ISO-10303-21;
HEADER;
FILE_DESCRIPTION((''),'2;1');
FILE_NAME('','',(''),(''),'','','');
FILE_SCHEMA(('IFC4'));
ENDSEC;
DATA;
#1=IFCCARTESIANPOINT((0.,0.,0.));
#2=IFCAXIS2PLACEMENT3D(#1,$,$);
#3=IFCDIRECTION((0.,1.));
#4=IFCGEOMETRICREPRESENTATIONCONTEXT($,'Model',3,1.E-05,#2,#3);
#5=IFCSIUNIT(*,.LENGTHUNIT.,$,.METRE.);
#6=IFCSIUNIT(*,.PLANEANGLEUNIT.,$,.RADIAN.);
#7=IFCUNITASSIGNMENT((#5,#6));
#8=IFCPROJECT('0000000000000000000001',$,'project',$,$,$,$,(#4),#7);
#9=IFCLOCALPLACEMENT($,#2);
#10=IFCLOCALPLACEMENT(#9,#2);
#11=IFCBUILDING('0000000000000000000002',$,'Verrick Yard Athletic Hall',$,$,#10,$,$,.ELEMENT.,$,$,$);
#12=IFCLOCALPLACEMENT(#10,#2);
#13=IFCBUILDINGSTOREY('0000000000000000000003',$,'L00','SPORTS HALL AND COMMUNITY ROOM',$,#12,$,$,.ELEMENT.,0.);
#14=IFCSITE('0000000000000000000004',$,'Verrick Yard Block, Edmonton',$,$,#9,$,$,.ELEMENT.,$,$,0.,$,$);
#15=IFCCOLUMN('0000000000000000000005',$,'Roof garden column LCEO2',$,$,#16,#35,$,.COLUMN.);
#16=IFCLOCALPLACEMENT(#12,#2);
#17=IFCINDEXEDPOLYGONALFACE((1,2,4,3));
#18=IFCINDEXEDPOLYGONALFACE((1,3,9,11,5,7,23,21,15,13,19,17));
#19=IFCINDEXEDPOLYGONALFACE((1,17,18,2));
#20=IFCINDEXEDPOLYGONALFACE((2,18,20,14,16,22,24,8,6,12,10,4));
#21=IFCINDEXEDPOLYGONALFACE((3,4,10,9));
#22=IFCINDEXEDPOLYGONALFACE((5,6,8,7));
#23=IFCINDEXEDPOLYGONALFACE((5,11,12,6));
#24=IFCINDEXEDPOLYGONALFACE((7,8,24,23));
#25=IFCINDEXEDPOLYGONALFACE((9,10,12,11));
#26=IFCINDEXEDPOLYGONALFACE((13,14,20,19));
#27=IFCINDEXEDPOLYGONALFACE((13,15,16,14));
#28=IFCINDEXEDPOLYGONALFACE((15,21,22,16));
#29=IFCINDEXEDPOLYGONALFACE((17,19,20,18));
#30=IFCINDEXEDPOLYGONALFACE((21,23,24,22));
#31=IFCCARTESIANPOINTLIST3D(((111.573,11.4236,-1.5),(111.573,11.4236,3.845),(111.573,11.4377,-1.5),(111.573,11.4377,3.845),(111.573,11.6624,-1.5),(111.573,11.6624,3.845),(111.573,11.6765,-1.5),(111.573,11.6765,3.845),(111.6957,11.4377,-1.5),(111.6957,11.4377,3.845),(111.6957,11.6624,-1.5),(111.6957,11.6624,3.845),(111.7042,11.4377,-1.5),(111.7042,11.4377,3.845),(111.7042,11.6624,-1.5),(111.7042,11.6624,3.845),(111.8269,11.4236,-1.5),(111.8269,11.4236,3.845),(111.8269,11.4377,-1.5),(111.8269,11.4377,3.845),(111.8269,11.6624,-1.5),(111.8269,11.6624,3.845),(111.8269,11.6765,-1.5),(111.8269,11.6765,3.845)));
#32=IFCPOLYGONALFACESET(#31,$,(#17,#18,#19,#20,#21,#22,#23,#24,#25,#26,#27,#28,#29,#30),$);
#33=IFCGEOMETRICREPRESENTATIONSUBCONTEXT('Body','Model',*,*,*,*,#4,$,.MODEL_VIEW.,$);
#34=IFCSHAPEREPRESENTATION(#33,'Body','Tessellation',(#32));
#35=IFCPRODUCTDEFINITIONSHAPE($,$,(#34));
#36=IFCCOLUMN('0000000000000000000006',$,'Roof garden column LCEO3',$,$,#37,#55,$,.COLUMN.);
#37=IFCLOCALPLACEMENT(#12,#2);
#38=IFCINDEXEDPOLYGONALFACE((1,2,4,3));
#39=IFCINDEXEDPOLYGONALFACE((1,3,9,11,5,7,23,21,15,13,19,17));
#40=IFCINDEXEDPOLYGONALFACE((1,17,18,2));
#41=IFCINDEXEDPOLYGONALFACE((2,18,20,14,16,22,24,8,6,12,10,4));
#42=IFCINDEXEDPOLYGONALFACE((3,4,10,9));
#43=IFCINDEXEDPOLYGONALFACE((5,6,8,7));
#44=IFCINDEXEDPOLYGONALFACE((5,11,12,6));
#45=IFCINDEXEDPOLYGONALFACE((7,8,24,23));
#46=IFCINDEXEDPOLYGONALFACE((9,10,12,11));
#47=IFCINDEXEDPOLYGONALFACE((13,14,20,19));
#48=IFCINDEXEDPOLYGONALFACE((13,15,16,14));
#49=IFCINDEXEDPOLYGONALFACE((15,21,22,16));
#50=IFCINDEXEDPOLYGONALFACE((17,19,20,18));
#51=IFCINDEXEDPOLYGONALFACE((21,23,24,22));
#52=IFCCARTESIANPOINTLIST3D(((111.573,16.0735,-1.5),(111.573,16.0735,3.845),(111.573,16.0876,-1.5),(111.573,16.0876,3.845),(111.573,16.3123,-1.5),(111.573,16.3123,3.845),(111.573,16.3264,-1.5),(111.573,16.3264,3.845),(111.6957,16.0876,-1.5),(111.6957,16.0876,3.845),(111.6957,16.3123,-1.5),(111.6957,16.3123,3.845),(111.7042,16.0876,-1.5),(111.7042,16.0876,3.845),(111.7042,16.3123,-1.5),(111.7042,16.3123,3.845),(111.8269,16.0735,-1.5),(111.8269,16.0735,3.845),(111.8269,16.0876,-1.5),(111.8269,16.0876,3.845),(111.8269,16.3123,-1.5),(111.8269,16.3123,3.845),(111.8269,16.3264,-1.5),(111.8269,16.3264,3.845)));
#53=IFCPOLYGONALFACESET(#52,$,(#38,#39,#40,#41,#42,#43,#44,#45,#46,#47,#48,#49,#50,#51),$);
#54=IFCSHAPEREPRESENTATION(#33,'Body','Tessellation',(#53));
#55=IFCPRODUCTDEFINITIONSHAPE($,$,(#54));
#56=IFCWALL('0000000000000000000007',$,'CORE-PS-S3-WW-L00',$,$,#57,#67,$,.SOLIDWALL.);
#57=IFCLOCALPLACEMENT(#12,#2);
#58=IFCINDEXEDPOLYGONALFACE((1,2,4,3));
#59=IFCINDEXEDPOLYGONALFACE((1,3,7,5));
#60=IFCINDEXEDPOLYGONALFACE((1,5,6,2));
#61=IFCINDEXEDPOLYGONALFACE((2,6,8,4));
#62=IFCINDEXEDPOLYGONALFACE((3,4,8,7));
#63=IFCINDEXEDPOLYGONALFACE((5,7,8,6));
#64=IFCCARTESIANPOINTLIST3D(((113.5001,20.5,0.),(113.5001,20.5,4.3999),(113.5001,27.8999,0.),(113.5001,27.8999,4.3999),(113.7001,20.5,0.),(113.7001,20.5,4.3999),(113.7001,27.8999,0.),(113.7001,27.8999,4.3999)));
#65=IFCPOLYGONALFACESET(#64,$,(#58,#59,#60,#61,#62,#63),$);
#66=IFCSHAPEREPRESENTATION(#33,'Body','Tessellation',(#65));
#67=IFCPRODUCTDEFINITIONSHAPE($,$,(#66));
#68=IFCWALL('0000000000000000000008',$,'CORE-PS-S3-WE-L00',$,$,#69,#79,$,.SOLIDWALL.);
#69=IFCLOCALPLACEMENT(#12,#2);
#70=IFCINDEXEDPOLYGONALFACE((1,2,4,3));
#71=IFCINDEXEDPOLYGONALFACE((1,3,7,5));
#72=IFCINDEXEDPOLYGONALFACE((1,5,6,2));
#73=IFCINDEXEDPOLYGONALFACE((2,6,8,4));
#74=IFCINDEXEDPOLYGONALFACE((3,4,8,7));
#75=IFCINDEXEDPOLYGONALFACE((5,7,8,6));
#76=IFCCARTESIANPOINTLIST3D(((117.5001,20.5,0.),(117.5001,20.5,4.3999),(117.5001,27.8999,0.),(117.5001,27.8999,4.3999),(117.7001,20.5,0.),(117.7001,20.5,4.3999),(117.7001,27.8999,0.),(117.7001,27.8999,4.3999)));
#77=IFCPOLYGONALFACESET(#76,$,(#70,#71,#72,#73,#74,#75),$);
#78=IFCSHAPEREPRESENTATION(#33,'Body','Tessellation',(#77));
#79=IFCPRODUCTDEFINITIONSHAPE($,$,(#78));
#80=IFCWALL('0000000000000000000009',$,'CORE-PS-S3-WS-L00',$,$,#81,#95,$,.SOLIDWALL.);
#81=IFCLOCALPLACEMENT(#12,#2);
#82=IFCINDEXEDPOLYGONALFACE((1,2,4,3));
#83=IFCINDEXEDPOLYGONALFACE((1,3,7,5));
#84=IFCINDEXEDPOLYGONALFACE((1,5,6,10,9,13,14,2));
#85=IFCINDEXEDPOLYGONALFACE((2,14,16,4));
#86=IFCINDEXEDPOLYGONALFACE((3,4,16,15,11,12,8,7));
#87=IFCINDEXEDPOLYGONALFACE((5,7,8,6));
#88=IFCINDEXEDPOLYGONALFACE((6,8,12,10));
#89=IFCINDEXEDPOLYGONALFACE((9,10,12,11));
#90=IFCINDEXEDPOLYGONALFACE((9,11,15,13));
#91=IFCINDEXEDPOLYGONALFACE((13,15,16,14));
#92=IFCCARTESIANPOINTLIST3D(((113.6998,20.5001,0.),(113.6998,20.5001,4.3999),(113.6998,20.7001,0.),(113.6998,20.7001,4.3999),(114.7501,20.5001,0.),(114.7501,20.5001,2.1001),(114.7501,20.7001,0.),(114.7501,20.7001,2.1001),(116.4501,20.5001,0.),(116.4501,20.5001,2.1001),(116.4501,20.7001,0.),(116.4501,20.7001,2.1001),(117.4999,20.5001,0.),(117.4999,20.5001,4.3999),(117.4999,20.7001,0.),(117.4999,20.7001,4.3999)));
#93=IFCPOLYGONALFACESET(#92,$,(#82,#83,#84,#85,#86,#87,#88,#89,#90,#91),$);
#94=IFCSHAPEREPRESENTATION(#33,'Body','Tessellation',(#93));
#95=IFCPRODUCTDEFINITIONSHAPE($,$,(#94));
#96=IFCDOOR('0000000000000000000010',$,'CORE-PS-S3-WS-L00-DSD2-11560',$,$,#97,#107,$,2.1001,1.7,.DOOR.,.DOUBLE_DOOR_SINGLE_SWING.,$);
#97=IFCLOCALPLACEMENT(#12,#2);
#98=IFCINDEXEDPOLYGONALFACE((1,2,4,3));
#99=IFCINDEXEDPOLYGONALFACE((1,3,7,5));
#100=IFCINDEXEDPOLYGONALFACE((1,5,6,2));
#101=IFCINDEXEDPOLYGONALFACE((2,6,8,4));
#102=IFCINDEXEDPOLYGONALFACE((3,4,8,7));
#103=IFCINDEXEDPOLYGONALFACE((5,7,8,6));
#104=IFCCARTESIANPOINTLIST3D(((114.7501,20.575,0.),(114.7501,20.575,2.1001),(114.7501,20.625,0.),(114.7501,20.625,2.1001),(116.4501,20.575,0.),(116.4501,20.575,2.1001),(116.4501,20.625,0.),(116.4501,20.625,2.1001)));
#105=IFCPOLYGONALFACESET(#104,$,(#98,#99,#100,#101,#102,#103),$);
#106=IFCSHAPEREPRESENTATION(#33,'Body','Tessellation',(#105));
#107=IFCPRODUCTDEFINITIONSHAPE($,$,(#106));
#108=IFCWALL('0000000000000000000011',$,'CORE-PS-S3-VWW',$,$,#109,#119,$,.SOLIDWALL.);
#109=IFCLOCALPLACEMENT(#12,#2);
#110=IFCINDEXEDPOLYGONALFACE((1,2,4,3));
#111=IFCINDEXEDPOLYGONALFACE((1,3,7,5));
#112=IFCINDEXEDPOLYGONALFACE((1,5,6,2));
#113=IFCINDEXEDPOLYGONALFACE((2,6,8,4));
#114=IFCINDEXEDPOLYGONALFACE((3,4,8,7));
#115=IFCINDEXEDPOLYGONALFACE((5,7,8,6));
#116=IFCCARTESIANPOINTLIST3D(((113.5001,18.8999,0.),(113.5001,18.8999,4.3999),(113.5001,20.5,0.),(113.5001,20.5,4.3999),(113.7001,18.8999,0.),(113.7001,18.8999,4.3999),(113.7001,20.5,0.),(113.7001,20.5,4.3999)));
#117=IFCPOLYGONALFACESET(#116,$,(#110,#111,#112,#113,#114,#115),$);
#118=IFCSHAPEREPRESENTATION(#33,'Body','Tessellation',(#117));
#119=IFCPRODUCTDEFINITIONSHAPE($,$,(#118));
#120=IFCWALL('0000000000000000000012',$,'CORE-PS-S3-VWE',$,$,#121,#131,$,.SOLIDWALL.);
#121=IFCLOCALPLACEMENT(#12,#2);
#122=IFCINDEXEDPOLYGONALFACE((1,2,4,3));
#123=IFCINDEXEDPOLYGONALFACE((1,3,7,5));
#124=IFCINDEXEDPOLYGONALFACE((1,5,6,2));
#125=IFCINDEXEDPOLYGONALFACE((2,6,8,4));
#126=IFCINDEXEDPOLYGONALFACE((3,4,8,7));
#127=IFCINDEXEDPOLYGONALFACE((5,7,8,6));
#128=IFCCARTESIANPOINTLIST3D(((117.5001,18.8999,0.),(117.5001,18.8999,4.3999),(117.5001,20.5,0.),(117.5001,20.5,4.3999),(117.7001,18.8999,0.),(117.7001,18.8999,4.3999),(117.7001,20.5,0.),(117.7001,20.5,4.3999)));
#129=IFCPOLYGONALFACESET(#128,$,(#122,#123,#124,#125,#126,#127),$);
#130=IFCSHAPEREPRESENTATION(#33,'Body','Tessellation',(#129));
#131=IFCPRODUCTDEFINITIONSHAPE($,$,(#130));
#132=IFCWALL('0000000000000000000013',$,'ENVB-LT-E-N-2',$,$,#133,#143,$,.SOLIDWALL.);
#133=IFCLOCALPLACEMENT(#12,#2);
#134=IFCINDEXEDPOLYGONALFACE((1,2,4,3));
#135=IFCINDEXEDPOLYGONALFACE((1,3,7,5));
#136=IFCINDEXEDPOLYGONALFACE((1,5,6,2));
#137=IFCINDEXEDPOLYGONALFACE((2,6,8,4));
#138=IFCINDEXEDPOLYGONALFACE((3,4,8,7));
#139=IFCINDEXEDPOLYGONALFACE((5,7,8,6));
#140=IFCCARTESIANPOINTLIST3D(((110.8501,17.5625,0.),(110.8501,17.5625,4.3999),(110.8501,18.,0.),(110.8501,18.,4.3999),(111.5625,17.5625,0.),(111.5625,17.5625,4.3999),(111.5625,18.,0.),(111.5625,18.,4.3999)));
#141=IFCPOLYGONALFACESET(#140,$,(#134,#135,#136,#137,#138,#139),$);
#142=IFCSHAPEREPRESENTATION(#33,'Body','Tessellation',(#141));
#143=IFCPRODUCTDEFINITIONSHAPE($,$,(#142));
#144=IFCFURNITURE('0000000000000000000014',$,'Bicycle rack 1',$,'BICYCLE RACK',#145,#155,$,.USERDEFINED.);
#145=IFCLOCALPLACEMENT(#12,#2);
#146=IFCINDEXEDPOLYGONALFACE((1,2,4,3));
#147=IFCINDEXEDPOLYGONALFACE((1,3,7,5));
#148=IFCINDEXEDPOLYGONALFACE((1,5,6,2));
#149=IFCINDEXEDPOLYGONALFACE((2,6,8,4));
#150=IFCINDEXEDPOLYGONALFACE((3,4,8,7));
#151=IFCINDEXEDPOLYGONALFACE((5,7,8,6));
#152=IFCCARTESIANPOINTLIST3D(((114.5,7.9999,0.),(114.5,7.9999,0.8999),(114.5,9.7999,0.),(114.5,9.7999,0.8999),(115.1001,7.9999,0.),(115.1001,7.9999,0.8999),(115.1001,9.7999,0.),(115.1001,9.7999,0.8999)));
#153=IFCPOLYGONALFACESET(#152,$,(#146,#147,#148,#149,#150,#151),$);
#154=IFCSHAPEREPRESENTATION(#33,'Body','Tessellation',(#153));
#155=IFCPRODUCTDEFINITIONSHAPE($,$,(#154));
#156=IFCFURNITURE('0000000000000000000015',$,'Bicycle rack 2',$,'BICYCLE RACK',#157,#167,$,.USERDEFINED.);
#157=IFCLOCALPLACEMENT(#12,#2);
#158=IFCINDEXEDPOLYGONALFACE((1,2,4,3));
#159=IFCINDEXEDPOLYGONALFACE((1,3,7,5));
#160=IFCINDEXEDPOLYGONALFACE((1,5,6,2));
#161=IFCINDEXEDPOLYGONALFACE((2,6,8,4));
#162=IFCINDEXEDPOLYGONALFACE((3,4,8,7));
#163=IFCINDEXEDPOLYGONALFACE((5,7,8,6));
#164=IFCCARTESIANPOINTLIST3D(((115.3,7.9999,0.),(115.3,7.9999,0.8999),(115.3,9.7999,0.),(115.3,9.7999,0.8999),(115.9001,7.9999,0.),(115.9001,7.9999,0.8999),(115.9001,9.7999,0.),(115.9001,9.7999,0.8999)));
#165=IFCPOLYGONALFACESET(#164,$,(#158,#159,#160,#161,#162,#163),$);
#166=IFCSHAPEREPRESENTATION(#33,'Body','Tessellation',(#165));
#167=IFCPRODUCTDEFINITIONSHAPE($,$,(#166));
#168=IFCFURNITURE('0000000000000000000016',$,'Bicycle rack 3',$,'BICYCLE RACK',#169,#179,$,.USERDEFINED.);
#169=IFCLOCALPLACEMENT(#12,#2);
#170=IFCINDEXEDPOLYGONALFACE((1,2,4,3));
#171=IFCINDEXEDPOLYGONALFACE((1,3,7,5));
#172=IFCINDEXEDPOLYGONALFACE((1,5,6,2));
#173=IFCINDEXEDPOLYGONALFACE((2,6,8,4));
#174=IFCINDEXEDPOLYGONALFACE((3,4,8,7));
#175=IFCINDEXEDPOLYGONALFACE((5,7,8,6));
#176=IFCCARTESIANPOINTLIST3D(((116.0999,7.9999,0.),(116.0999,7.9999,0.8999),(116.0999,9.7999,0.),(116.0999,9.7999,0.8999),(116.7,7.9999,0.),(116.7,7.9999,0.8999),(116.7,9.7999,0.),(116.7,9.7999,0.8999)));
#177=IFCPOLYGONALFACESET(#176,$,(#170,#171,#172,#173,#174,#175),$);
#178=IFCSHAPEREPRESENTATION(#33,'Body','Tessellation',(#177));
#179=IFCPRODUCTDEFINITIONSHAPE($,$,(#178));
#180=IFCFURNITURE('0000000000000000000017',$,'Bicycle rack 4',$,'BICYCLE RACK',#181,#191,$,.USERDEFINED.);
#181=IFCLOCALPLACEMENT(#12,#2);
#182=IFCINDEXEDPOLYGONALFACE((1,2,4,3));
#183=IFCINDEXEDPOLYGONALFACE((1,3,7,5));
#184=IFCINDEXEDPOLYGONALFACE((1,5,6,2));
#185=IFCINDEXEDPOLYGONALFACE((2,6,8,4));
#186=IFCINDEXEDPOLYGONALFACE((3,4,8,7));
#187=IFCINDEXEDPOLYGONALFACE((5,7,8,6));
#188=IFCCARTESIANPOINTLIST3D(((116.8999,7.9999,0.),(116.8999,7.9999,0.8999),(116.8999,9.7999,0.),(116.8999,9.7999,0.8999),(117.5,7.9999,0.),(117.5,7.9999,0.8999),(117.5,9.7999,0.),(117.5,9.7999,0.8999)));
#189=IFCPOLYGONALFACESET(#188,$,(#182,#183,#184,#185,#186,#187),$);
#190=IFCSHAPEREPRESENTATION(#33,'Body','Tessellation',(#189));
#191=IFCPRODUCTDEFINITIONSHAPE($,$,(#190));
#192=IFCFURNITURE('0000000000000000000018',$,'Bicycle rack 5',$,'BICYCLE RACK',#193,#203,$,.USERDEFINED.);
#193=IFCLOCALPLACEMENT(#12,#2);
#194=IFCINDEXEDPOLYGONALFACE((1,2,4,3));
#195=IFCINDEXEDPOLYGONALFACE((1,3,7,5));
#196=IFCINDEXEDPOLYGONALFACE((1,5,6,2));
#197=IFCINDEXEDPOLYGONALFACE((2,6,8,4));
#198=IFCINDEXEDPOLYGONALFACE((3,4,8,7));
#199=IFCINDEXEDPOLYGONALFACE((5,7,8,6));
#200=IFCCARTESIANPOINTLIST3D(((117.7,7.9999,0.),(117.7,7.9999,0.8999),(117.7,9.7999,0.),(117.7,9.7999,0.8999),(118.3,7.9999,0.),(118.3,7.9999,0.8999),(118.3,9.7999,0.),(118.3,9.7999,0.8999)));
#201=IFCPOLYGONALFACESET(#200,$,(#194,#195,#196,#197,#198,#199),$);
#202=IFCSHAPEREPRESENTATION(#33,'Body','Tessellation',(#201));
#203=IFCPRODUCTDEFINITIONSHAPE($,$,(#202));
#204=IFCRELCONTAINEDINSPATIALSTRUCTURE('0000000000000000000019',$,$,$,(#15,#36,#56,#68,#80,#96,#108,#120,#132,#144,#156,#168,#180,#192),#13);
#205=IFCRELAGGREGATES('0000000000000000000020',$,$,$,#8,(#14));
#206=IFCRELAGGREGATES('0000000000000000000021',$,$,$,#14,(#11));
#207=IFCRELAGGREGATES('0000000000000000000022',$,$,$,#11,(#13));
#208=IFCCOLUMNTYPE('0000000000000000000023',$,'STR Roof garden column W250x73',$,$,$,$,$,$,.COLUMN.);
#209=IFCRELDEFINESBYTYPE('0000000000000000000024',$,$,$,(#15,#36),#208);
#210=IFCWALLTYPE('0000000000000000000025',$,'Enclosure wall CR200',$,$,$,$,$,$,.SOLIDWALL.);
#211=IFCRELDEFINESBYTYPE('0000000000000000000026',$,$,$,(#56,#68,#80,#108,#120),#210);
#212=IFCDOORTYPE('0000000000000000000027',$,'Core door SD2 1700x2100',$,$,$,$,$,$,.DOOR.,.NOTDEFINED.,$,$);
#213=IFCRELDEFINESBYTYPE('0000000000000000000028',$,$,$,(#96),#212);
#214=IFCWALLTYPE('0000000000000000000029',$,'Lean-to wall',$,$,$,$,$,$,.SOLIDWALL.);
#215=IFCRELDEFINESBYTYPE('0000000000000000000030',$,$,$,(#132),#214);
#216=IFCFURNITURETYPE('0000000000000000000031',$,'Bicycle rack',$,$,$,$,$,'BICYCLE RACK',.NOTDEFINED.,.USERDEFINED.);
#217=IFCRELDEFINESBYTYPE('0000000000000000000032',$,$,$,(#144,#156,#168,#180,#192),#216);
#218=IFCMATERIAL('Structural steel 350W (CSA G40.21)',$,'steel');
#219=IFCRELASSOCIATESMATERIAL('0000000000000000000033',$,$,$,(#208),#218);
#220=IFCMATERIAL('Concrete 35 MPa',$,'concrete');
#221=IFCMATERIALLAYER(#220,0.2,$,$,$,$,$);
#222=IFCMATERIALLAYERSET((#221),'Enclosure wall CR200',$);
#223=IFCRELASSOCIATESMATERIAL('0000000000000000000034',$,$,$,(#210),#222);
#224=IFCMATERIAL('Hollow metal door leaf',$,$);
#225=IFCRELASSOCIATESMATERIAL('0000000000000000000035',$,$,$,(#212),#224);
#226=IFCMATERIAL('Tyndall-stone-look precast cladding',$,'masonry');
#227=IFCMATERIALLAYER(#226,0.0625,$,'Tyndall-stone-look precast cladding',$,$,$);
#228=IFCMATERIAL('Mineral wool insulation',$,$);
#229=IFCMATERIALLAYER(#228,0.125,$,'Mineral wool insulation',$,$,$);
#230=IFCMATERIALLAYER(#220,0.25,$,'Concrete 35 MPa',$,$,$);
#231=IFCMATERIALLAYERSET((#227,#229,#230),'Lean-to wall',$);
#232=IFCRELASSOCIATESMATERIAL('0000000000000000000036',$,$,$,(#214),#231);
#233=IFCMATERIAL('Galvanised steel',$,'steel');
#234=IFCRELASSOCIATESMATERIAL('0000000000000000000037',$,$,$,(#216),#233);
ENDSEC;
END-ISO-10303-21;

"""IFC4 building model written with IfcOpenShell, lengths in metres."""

from ifc_helpers import new_model, si_unit, direction, frame, frame_2d, origin, origin_2d, place, context, subcontext, project, spatial, rectangle, i_section, extrude, material, layer, layer_set, material_profile, profile_set, type_object, element, fill, save


model = new_model("IFC4")

# Units and contexts
model_context = context("Model", 3, precision=1e-05, world=origin(), true_north=direction((0.0, 1.0)))
body_context = subcontext(model_context, "Body", "Model", "MODEL_VIEW")
ifc_project = project(units=[si_unit("LENGTHUNIT", "METRE"), si_unit("PLANEANGLEUNIT", "RADIAN")], contexts=[model_context])

# Site, building, storey
site_placement = place(None, origin())
site = spatial("IfcSite", under=ifc_project, at=site_placement, Name="Verrick Yard Block, Edmonton", CompositionType="ELEMENT", RefElevation=0.0)
building_placement = place(site_placement, origin())
building = spatial("IfcBuilding", under=site, at=building_placement, Name="Verrick Yard Athletic Hall", CompositionType="ELEMENT")
storey_placement = place(building_placement, origin())
storey = spatial("IfcBuildingStorey", under=building, at=storey_placement, Name="L00", Description="SPORTS HALL AND COMMUNITY ROOM", CompositionType="ELEMENT", Elevation=0.0)

# Shared definitions
ifc_material_1 = material(Name="Concrete 35 MPa", Category="concrete")

# Columns
ifc_material_2 = material(Name="Structural steel 350W (CSA G40.21)", Category="steel")
ifc_material_profile_1 = material_profile(ifc_material_2, i_section(OverallWidth=0.2539, OverallDepth=0.2529, WebThickness=0.0085, FlangeThickness=0.0142, at=origin_2d()), Name="W250x73")
ifc_profile_set_1 = profile_set([ifc_material_profile_1], Name="Structural steel 350W (CSA G40.21)")
column_type = type_object("IfcColumnType", Name="STR Roof garden column W250x73", PredefinedType="COLUMN", material=ifc_profile_set_1)
for number, where, z_axis, x_axis, name in (
    (1, (111.7, 11.55, -1.5), (0.0, 0.0, 1.0), (1.0, 0.0, 0.0), "Roof garden column LCEO2"),
    (2, (111.7, 16.2, -1.5), (0.0, 0.0, 1.0), (1.0, 0.0, 0.0), "Roof garden column LCEO3"),
):
    element("IfcColumn", number, at=place(storey_placement, frame(where, z_axis=z_axis, x_axis=x_axis)), inside=storey, type_object=column_type, Name=name, PredefinedType="COLUMN", context=body_context, shape_type="SweptSolid", body=[
        extrude(i_section(OverallWidth=0.2539, OverallDepth=0.2529, WebThickness=0.0085, FlangeThickness=0.0142, at=origin_2d()), origin(), (0.0, 0.0, 1.0), 5.345),
    ])

# Walls
ifc_layer_1 = layer(ifc_material_1, 0.2)
ifc_layer_set_1 = layer_set([ifc_layer_1], Name="Enclosure wall CR200")
wall_type_1 = type_object("IfcWallType", Name="Enclosure wall CR200", PredefinedType="SOLIDWALL", material=ifc_layer_set_1)
for number, where, z_axis, x_axis, name in (
    (3, (113.6001, 20.5, 0.0), (0.0, 0.0, 1.0), (0.0, 1.0, 0.0), "CORE-PS-S3-WW-L00"),
    (4, (117.6001, 20.5, 0.0), (0.0, 0.0, 1.0), (0.0, 1.0, 0.0), "CORE-PS-S3-WE-L00"),
):
    element("IfcWall", number, at=place(storey_placement, frame(where, z_axis=z_axis, x_axis=x_axis)), inside=storey, type_object=wall_type_1, Name=name, PredefinedType="SOLIDWALL", context=body_context, shape_type="SweptSolid", body=[
        extrude(rectangle(XDim=7.3999, YDim=0.2, at=frame_2d((3.7, 0.0))), origin(), (0.0, 0.0, 1.0), 4.3999),
    ])

# Wall, opening, door
wall_1_placement = place(storey_placement, frame((113.7, 20.6001, 0.0), z_axis=(0.0, 0.0, 1.0), x_axis=(1.0, 0.0, 0.0)))
wall_1 = element("IfcWall", 5, at=wall_1_placement, inside=storey, type_object=wall_type_1, Name="CORE-PS-S3-WS-L00", PredefinedType="SOLIDWALL", context=body_context, shape_type="SweptSolid", body=[
    extrude(rectangle(XDim=3.8, YDim=0.2, at=frame_2d((1.8999, 0.0))), origin(), (0.0, 0.0, 1.0), 4.3999),
])
opening_placement = place(wall_1_placement, frame((1.05, 0.0, 0.0)))
opening = element("IfcOpeningElement", 6, at=opening_placement, cuts=wall_1, PredefinedType="OPENING", context=body_context, shape_type="SweptSolid", body=[
    extrude(rectangle(XDim=1.7, YDim=2.1001, at=frame_2d((0.8501, 1.05))), frame((0.0, 0.1099, 0.0), z_axis=(0.0, -1.0, 0.0), x_axis=(1.0, 0.0, 0.0)), (0.0, 0.0, 1.0), 0.22),
])
ifc_material_3 = material(Name="Hollow metal door leaf")
door_type = type_object("IfcDoorType", Name="Core door SD2 1700x2100", OperationType="NOTDEFINED", PredefinedType="DOOR", material=ifc_material_3)
door_placement = place(opening_placement, origin())
door = element("IfcDoor", 7, at=door_placement, inside=storey, type_object=door_type, Name="CORE-PS-S3-WS-L00-DSD2-11560", OperationType="DOUBLE_DOOR_SINGLE_SWING", OverallHeight=2.1001, OverallWidth=1.7, PredefinedType="DOOR", context=body_context, shape_type="SweptSolid", body=[
    extrude(rectangle(XDim=1.7, YDim=2.1001, at=frame_2d((0.8501, 1.05))), frame((0.0, 0.0249, 0.0), z_axis=(0.0, -1.0, 0.0), x_axis=(1.0, 0.0, 0.0)), (0.0, 0.0, 1.0), 0.05),
])
fill(opening, door)

# Walls
for number, where, z_axis, x_axis, name in (
    (8, (113.6001, 18.8999, 0.0), (0.0, 0.0, 1.0), (0.0, 1.0, 0.0), "CORE-PS-S3-VWW"),
    (9, (117.6001, 18.8999, 0.0), (0.0, 0.0, 1.0), (0.0, 1.0, 0.0), "CORE-PS-S3-VWE"),
):
    element("IfcWall", number, at=place(storey_placement, frame(where, z_axis=z_axis, x_axis=x_axis)), inside=storey, type_object=wall_type_1, Name=name, PredefinedType="SOLIDWALL", context=body_context, shape_type="SweptSolid", body=[
        extrude(rectangle(XDim=1.6001, YDim=0.2, at=frame_2d((0.8, 0.0))), origin(), (0.0, 0.0, 1.0), 4.3999),
    ])
ifc_material_4 = material(Name="Tyndall-stone-look precast cladding", Category="masonry")
ifc_layer_2 = layer(ifc_material_4, 0.0625, Name="Tyndall-stone-look precast cladding")
ifc_material_5 = material(Name="Mineral wool insulation")
ifc_layer_3 = layer(ifc_material_5, 0.125, Name="Mineral wool insulation")
ifc_layer_4 = layer(ifc_material_1, 0.25, Name="Concrete 35 MPa")
ifc_layer_set_2 = layer_set([ifc_layer_2, ifc_layer_3, ifc_layer_4], Name="Lean-to wall")
wall_type_2 = type_object("IfcWallType", Name="Lean-to wall", PredefinedType="SOLIDWALL", material=ifc_layer_set_2)
wall_2_placement = place(storey_placement, frame((110.8501, 17.7812, 0.0), z_axis=(0.0, 0.0, 1.0), x_axis=(1.0, 0.0, 0.0)))
element("IfcWall", 10, at=wall_2_placement, inside=storey, type_object=wall_type_2, Name="ENVB-LT-E-N-2", PredefinedType="SOLIDWALL", context=body_context, shape_type="SweptSolid", body=[
    extrude(rectangle(XDim=0.7124, YDim=0.4375, at=frame_2d((0.3562, 0.0))), origin(), (0.0, 0.0, 1.0), 4.3999),
])

# Furniture
ifc_material_6 = material(Name="Galvanised steel", Category="steel")
furniture_type = type_object("IfcFurnitureType", Name="Bicycle rack", ElementType="BICYCLE RACK", AssemblyPlace="NOTDEFINED", PredefinedType="USERDEFINED", material=ifc_material_6)
for number, where, z_axis, x_axis, name in (
    (11, (114.8, 8.8999, 0.0), (0.0, 0.0, 1.0), (1.0, 0.0, 0.0), "Bicycle rack 1"),
    (12, (115.6001, 8.8999, 0.0), (0.0, 0.0, 1.0), (1.0, 0.0, 0.0), "Bicycle rack 2"),
    (13, (116.3999, 8.8999, 0.0), (0.0, 0.0, 1.0), (1.0, 0.0, 0.0), "Bicycle rack 3"),
    (14, (117.2, 8.8999, 0.0), (0.0, 0.0, 1.0), (1.0, 0.0, 0.0), "Bicycle rack 4"),
    (15, (118.0, 8.8999, 0.0), (0.0, 0.0, 1.0), (1.0, 0.0, 0.0), "Bicycle rack 5"),
):
    element("IfcFurniture", number, at=place(storey_placement, frame(where, z_axis=z_axis, x_axis=x_axis)), inside=storey, type_object=furniture_type, Name=name, ObjectType="BICYCLE RACK", PredefinedType="USERDEFINED", context=body_context, shape_type="SweptSolid", body=[
        extrude(rectangle(XDim=0.6001, YDim=1.8, at=origin_2d()), origin(), (0.0, 0.0, 1.0), 0.8999),
    ])

save(model, "model.ifc")
